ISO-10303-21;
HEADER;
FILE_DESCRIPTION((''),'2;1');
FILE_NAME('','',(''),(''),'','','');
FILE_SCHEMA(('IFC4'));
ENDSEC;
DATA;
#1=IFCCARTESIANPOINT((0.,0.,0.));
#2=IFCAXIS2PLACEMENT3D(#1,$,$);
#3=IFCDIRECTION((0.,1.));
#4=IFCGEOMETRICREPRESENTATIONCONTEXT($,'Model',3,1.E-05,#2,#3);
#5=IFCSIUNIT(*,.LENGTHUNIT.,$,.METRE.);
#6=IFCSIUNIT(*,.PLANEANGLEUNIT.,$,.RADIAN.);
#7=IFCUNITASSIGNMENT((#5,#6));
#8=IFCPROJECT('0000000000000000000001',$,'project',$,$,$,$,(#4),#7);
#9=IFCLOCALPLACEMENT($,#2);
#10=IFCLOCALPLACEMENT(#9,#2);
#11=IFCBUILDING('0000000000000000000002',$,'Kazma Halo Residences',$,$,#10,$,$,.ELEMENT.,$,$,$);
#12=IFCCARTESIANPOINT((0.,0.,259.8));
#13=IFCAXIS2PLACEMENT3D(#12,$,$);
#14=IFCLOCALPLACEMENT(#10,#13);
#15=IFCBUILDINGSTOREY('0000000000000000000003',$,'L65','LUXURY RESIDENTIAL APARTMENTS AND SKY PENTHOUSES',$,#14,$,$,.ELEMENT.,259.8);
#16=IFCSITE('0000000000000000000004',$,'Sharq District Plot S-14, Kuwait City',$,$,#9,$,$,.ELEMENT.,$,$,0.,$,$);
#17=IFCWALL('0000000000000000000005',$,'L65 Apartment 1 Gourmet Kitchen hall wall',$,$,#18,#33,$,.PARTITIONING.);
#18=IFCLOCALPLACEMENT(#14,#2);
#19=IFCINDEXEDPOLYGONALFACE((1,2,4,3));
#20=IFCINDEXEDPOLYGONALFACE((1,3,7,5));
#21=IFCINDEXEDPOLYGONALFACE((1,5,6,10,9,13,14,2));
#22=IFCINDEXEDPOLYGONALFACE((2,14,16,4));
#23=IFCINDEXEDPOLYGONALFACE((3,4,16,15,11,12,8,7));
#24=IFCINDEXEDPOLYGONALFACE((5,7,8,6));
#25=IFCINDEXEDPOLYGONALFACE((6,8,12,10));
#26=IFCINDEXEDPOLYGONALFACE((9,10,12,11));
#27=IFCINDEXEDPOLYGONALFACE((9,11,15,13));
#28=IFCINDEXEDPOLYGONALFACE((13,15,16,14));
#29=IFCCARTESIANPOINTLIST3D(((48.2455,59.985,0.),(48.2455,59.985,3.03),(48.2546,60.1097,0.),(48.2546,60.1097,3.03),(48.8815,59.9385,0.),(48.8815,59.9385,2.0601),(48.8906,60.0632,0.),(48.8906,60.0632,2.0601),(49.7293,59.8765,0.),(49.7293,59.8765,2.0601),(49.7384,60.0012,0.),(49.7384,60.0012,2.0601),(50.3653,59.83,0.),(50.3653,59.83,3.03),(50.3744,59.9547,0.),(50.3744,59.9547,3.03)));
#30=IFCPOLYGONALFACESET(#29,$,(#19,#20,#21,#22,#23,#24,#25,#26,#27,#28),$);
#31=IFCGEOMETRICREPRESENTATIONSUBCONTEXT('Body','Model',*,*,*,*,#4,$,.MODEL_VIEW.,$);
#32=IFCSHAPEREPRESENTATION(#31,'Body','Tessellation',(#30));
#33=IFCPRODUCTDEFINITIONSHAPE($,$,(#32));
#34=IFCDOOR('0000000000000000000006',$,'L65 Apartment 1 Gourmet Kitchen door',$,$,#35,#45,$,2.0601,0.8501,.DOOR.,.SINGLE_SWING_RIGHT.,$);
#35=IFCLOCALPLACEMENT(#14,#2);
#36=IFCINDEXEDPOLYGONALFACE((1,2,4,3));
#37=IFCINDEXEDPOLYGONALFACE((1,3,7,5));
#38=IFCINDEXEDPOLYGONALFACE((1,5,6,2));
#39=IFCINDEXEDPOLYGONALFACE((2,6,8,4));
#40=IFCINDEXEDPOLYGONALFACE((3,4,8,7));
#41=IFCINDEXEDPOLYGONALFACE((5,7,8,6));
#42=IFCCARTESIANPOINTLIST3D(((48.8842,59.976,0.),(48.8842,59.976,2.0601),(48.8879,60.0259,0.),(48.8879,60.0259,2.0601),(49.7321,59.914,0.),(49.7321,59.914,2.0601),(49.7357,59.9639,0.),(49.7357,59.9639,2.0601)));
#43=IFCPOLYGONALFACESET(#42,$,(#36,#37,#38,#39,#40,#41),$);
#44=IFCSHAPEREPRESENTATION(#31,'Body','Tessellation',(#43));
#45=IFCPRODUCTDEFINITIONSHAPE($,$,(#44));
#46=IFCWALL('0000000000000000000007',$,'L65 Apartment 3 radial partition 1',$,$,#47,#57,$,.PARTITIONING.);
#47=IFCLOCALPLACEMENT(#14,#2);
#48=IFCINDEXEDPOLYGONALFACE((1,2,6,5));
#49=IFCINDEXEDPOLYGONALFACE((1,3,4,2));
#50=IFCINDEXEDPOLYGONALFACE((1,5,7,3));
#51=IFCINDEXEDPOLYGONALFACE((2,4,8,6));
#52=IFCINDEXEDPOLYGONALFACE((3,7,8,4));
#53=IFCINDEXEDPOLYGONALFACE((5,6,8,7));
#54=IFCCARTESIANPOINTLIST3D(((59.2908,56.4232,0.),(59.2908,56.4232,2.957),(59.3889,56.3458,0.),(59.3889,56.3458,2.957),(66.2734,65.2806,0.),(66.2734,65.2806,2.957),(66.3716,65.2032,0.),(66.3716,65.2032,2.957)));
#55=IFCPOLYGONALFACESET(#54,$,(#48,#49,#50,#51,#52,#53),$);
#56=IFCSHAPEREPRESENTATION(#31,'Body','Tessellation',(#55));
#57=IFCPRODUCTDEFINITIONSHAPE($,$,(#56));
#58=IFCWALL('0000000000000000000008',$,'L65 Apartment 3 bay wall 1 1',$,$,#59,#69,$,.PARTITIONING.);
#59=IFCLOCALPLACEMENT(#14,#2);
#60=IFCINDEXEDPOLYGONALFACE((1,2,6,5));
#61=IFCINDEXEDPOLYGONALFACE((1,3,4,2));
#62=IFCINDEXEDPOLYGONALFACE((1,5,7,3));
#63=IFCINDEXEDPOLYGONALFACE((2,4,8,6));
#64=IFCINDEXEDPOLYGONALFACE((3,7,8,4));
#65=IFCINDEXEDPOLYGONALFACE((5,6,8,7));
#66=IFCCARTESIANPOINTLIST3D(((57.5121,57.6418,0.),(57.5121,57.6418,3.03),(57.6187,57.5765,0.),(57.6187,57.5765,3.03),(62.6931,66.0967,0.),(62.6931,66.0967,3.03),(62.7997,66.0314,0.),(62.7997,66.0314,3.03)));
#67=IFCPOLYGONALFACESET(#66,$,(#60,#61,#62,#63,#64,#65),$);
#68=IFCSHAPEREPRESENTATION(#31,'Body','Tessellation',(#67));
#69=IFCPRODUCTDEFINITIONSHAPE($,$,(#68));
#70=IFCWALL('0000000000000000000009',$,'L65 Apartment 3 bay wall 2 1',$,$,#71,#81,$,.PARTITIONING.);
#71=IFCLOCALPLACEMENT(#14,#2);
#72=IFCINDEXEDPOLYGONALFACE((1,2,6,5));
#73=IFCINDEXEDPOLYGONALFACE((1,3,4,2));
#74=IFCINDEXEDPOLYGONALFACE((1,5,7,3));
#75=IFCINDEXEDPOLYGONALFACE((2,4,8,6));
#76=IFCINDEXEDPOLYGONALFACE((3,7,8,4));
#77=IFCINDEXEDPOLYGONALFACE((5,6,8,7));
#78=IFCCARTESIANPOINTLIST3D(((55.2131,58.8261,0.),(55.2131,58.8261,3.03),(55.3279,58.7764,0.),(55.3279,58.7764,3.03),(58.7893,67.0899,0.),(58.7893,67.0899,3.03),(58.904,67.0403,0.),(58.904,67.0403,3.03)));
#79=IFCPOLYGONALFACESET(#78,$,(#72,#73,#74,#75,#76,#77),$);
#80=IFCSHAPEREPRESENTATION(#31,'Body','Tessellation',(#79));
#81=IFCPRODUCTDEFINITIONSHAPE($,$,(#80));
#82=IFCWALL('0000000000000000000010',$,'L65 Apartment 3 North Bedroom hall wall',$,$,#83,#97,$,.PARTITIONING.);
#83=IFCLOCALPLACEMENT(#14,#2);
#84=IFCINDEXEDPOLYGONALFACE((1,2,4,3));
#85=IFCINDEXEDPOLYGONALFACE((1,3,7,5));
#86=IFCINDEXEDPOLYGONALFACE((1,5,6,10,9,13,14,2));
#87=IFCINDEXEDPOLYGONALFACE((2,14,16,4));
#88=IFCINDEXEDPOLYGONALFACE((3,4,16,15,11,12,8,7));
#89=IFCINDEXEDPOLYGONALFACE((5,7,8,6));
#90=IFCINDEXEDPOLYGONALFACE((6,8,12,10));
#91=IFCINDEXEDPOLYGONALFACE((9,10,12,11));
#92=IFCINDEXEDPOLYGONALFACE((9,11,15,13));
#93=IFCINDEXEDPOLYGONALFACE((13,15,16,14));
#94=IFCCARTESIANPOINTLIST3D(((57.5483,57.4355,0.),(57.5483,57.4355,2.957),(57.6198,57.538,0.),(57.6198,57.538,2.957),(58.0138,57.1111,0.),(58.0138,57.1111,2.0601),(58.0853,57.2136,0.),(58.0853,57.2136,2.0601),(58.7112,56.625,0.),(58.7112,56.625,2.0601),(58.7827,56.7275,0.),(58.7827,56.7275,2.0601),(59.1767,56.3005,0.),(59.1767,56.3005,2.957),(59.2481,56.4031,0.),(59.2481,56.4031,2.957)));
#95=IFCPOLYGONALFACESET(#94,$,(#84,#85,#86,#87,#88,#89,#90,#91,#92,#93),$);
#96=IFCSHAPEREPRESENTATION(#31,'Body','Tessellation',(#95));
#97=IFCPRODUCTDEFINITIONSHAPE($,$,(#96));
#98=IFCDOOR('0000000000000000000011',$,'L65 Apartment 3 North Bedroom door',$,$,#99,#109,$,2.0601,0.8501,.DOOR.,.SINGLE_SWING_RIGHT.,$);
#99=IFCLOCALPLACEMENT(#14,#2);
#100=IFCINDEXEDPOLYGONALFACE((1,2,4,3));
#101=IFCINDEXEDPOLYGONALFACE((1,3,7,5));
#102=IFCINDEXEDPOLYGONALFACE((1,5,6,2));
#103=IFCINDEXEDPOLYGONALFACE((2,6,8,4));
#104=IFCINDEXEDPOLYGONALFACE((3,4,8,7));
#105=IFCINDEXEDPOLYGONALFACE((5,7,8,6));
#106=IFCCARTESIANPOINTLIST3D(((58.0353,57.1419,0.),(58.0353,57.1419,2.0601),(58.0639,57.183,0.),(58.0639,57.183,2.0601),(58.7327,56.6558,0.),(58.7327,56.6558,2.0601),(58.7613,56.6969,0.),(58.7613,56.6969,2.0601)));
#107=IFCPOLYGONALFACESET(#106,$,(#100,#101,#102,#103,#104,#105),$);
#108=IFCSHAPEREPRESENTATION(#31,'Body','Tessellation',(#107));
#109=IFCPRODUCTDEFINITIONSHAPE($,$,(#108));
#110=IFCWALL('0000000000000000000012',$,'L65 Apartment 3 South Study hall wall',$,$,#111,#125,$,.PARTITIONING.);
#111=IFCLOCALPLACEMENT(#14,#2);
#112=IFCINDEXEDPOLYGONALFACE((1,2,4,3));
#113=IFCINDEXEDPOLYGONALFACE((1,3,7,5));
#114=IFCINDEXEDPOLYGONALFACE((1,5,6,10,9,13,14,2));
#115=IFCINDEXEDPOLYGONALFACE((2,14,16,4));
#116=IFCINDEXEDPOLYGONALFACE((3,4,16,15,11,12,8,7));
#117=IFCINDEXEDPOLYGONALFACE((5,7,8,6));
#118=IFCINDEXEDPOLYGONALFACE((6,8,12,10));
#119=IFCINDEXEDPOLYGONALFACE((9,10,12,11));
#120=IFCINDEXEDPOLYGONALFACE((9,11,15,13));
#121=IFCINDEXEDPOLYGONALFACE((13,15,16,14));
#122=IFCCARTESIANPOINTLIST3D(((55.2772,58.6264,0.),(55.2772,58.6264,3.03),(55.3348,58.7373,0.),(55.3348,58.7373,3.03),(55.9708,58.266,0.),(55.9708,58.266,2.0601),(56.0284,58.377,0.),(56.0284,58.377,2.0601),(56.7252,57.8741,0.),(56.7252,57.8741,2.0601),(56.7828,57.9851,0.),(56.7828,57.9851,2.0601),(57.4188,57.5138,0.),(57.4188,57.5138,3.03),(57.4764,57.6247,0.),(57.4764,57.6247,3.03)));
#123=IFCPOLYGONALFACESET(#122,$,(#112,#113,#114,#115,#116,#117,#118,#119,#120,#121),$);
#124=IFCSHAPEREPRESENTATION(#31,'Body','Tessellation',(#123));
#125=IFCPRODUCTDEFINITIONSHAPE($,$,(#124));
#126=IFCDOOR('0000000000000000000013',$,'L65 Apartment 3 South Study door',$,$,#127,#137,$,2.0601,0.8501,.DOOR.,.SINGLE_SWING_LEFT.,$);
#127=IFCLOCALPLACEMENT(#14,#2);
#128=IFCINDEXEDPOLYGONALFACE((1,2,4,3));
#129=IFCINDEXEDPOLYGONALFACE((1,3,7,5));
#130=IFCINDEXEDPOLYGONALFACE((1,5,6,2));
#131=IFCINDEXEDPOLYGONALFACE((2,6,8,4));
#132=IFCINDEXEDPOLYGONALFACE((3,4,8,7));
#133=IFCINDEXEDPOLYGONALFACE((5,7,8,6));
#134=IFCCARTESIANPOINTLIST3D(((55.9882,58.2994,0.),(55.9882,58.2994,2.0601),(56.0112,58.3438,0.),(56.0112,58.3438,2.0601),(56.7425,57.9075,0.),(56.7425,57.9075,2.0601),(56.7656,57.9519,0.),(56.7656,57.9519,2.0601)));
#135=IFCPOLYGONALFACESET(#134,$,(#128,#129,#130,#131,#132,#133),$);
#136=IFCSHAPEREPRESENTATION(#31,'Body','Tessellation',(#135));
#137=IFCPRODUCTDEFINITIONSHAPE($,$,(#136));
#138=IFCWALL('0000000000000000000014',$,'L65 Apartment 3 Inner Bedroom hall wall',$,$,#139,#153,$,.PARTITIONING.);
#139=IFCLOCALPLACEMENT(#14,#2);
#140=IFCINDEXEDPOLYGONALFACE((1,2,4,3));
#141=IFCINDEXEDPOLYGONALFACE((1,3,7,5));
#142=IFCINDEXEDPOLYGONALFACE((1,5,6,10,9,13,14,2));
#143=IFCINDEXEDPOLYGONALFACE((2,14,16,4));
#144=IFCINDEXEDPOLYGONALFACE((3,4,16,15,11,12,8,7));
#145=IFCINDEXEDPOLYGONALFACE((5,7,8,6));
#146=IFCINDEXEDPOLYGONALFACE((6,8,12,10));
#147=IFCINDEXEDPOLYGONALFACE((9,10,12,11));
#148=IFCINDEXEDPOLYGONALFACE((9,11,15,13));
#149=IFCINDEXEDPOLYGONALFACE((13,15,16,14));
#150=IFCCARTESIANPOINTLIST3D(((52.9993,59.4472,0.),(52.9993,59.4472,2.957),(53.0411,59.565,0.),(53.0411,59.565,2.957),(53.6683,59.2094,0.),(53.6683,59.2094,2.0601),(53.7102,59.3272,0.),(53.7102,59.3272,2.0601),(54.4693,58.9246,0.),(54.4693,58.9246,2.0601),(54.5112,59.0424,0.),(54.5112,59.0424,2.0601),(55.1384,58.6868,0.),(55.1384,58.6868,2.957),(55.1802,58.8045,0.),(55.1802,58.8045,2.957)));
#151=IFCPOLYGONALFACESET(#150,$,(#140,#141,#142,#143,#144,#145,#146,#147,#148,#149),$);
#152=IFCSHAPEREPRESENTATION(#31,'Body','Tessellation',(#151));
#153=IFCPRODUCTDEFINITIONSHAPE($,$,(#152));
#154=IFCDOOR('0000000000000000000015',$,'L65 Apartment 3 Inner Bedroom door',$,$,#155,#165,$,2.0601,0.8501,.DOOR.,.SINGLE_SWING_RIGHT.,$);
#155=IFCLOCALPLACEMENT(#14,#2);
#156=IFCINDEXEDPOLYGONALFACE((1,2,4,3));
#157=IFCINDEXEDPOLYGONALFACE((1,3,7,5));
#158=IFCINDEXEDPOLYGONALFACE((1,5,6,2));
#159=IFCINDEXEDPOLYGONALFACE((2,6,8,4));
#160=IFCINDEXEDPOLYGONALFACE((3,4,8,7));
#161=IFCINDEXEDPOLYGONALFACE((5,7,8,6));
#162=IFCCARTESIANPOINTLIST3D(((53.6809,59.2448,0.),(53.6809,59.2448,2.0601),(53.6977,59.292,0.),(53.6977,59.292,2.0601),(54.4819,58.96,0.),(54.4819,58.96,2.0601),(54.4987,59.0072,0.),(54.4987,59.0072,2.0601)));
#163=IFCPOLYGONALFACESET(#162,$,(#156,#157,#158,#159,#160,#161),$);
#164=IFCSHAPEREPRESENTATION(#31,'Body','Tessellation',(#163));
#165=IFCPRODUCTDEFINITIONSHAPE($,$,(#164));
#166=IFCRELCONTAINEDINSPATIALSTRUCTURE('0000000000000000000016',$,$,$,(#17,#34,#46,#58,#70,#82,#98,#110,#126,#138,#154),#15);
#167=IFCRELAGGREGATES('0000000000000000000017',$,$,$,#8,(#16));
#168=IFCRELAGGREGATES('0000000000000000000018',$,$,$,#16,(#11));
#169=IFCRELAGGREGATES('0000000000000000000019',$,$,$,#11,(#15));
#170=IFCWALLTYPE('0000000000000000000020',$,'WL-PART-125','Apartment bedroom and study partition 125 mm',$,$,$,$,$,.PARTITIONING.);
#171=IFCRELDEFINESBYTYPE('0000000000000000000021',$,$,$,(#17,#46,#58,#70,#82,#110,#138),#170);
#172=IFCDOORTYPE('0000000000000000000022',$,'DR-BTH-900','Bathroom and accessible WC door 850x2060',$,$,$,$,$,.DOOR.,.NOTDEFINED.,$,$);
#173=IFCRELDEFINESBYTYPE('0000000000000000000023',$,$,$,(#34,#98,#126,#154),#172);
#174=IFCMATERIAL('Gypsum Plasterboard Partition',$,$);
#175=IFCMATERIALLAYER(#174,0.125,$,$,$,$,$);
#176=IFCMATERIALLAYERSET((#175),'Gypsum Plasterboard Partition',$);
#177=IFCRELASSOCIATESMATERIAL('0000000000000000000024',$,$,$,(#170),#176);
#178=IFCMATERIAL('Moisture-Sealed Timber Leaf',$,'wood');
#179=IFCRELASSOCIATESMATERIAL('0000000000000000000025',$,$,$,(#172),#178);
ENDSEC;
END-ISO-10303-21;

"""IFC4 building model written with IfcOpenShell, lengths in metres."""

from ifc_helpers import new_model, si_unit, direction, frame, frame_2d, origin, place, context, subcontext, project, spatial, rectangle, extrude, material, layer, layer_set, type_object, element, fill, save


model = new_model("IFC4")

# Units and contexts
model_context = context("Model", 3, precision=1e-05, world=origin(), true_north=direction((0.0, 1.0)))
body_context = subcontext(model_context, "Body", "Model", "MODEL_VIEW")
ifc_project = project(units=[si_unit("LENGTHUNIT", "METRE"), si_unit("PLANEANGLEUNIT", "RADIAN")], contexts=[model_context])

# Site, building, storey
site_placement = place(None, origin())
site = spatial("IfcSite", under=ifc_project, at=site_placement, Name="Sharq District Plot S-14, Kuwait City", CompositionType="ELEMENT", RefElevation=0.0)
building_placement = place(site_placement, origin())
building = spatial("IfcBuilding", under=site, at=building_placement, Name="Kazma Halo Residences", CompositionType="ELEMENT")
storey_placement = place(building_placement, frame((0.0, 0.0, 259.8)))
storey = spatial("IfcBuildingStorey", under=building, at=storey_placement, Name="L65", Description="LUXURY RESIDENTIAL APARTMENTS AND SKY PENTHOUSES", CompositionType="ELEMENT", Elevation=259.8)

# Wall, opening, door
ifc_material_1 = material(Name="Gypsum Plasterboard Partition")
ifc_layer_1 = layer(ifc_material_1, 0.125)
ifc_layer_set_1 = layer_set([ifc_layer_1], Name="Gypsum Plasterboard Partition")
wall_type_1 = type_object("IfcWallType", Name="WL-PART-125", Description="Apartment bedroom and study partition 125 mm", PredefinedType="PARTITIONING", material=ifc_layer_set_1)
ifc_material_2 = material(Name="Moisture-Sealed Timber Leaf", Category="wood")
door_type = type_object("IfcDoorType", Name="DR-BTH-900", Description="Bathroom and accessible WC door 850x2060", OperationType="NOTDEFINED", PredefinedType="DOOR", material=ifc_material_2)
wall_1_placement = place(storey_placement, frame((50.3699, 59.8923, 0.0), z_axis=(0.0, 0.0, 1.0), x_axis=(-0.997337, 0.072937, 0.0)))
wall_1 = element("IfcWall", 1, at=wall_1_placement, inside=storey, type_object=wall_type_1, Name="L65 Apartment 1 Gourmet Kitchen hall wall", PredefinedType="PARTITIONING", context=body_context, shape_type="SweptSolid", body=[
    extrude(rectangle(XDim=2.1255, YDim=0.125, at=frame_2d((1.0627, 0.0))), origin(), (0.0, 0.0, 1.0), 3.03),
])
opening_1_placement = place(wall_1_placement, frame((0.6377, 0.0, 0.0)))
opening_1 = element("IfcOpeningElement", 2, at=opening_1_placement, cuts=wall_1, PredefinedType="OPENING", context=body_context, shape_type="SweptSolid", body=[
    extrude(rectangle(XDim=0.8501, YDim=2.0601, at=frame_2d((0.425, 1.03))), frame((0.0, 0.0725, 0.0), z_axis=(0.0, -1.0, 0.0), x_axis=(1.0, 0.0, 0.0)), (0.0, 0.0, 1.0), 0.145),
])
door_1_placement = place(opening_1_placement, origin())
door_1 = element("IfcDoor", 3, at=door_1_placement, inside=storey, type_object=door_type, Name="L65 Apartment 1 Gourmet Kitchen door", OperationType="SINGLE_SWING_RIGHT", OverallHeight=2.0601, OverallWidth=0.8501, PredefinedType="DOOR", context=body_context, shape_type="SweptSolid", body=[
    extrude(rectangle(XDim=0.8501, YDim=2.0601, at=frame_2d((0.425, 1.03))), frame((0.0, 0.0249, 0.0), z_axis=(0.0, -1.0, 0.0), x_axis=(1.0, 0.0, 0.0)), (0.0, 0.0, 1.0), 0.05),
])
fill(opening_1, door_1)

# Walls
wall_2_placement = place(storey_placement, frame((59.3398, 56.3845, 0.0), z_axis=(0.0, 0.0, 1.0), x_axis=(0.619096, 0.785315, 0.0)))
element("IfcWall", 4, at=wall_2_placement, inside=storey, type_object=wall_type_1, Name="L65 Apartment 3 radial partition 1", PredefinedType="PARTITIONING", context=body_context, shape_type="SweptSolid", body=[
    extrude(rectangle(XDim=11.2788, YDim=0.125, at=frame_2d((5.6394, 0.0))), origin(), (0.0, 0.0, 1.0), 2.957),
])
wall_3_placement = place(storey_placement, frame((57.5654, 57.6091, 0.0), z_axis=(0.0, 0.0, 1.0), x_axis=(0.522482, 0.85265, 0.0)))
element("IfcWall", 5, at=wall_3_placement, inside=storey, type_object=wall_type_1, Name="L65 Apartment 3 bay wall 1 1", PredefinedType="PARTITIONING", context=body_context, shape_type="SweptSolid", body=[
    extrude(rectangle(XDim=9.916, YDim=0.125, at=frame_2d((4.958, 0.0))), origin(), (0.0, 0.0, 1.0), 3.03),
])
wall_4_placement = place(storey_placement, frame((55.2705, 58.8013, 0.0), z_axis=(0.0, 0.0, 1.0), x_axis=(0.397153, 0.917752, 0.0)))
element("IfcWall", 6, at=wall_4_placement, inside=storey, type_object=wall_type_1, Name="L65 Apartment 3 bay wall 2 1", PredefinedType="PARTITIONING", context=body_context, shape_type="SweptSolid", body=[
    extrude(rectangle(XDim=9.0044, YDim=0.125, at=frame_2d((4.5022, 0.0))), origin(), (0.0, 0.0, 1.0), 3.03),
])

# Walls, openings, doors
wall_5_placement = place(storey_placement, frame((59.2124, 56.3518, 0.0), z_axis=(0.0, 0.0, 1.0), x_axis=(-0.820386, 0.57181, 0.0)))
wall_5 = element("IfcWall", 7, at=wall_5_placement, inside=storey, type_object=wall_type_1, Name="L65 Apartment 3 North Bedroom hall wall", PredefinedType="PARTITIONING", context=body_context, shape_type="SweptSolid", body=[
    extrude(rectangle(XDim=1.9849, YDim=0.125, at=frame_2d((0.9924, 0.0))), origin(), (0.0, 0.0, 1.0), 2.957),
])
opening_2_placement = place(wall_5_placement, frame((0.5674, 0.0, 0.0)))
opening_2 = element("IfcOpeningElement", 8, at=opening_2_placement, cuts=wall_5, PredefinedType="OPENING", context=body_context, shape_type="SweptSolid", body=[
    extrude(rectangle(XDim=0.8501, YDim=2.0601, at=frame_2d((0.425, 1.03))), frame((0.0, 0.0725, 0.0), z_axis=(0.0, -1.0, 0.0), x_axis=(1.0, 0.0, 0.0)), (0.0, 0.0, 1.0), 0.145),
])
door_2_placement = place(opening_2_placement, origin())
door_2 = element("IfcDoor", 9, at=door_2_placement, inside=storey, type_object=door_type, Name="L65 Apartment 3 North Bedroom door", OperationType="SINGLE_SWING_RIGHT", OverallHeight=2.0601, OverallWidth=0.8501, PredefinedType="DOOR", context=body_context, shape_type="SweptSolid", body=[
    extrude(rectangle(XDim=0.8501, YDim=2.0601, at=frame_2d((0.425, 1.03))), frame((0.0, 0.0249, 0.0), z_axis=(0.0, -1.0, 0.0), x_axis=(1.0, 0.0, 0.0)), (0.0, 0.0, 1.0), 0.05),
])
fill(opening_2, door_2)
wall_6_placement = place(storey_placement, frame((57.4475, 57.5693, 0.0), z_axis=(0.0, 0.0, 1.0), x_axis=(-0.887401, 0.460999, 0.0)))
wall_6 = element("IfcWall", 10, at=wall_6_placement, inside=storey, type_object=wall_type_1, Name="L65 Apartment 3 South Study hall wall", PredefinedType="PARTITIONING", context=body_context, shape_type="SweptSolid", body=[
    extrude(rectangle(XDim=2.4133, YDim=0.125, at=frame_2d((1.2065, 0.0))), origin(), (0.0, 0.0, 1.0), 3.03),
])
opening_3_placement = place(wall_6_placement, frame((0.7815, 0.0, 0.0)))
opening_3 = element("IfcOpeningElement", 11, at=opening_3_placement, cuts=wall_6, PredefinedType="OPENING", context=body_context, shape_type="SweptSolid", body=[
    extrude(rectangle(XDim=0.8501, YDim=2.0601, at=frame_2d((0.425, 1.03))), frame((0.0, 0.0725, 0.0), z_axis=(0.0, -1.0, 0.0), x_axis=(1.0, 0.0, 0.0)), (0.0, 0.0, 1.0), 0.145),
])
door_3_placement = place(opening_3_placement, origin())
door_3 = element("IfcDoor", 12, at=door_3_placement, inside=storey, type_object=door_type, Name="L65 Apartment 3 South Study door", OperationType="SINGLE_SWING_LEFT", OverallHeight=2.0601, OverallWidth=0.8501, PredefinedType="DOOR", context=body_context, shape_type="SweptSolid", body=[
    extrude(rectangle(XDim=0.8501, YDim=2.0601, at=frame_2d((0.425, 1.03))), frame((0.0, 0.0249, 0.0), z_axis=(0.0, -1.0, 0.0), x_axis=(1.0, 0.0, 0.0)), (0.0, 0.0, 1.0), 0.05),
])
fill(opening_3, door_3)
wall_7_placement = place(storey_placement, frame((55.1594, 58.7456, 0.0), z_axis=(0.0, 0.0, 1.0), x_axis=(-0.942228, 0.334974, 0.0)))
wall_7 = element("IfcWall", 13, at=wall_7_placement, inside=storey, type_object=wall_type_1, Name="L65 Apartment 3 Inner Bedroom hall wall", PredefinedType="PARTITIONING", context=body_context, shape_type="SweptSolid", body=[
    extrude(rectangle(XDim=2.2703, YDim=0.125, at=frame_2d((1.1353, 0.0))), origin(), (0.0, 0.0, 1.0), 2.957),
])
opening_4_placement = place(wall_7_placement, frame((0.7102, 0.0, 0.0)))
opening_4 = element("IfcOpeningElement", 14, at=opening_4_placement, cuts=wall_7, PredefinedType="OPENING", context=body_context, shape_type="SweptSolid", body=[
    extrude(rectangle(XDim=0.8501, YDim=2.0601, at=frame_2d((0.425, 1.03))), frame((0.0, 0.0725, 0.0), z_axis=(0.0, -1.0, 0.0), x_axis=(1.0, 0.0, 0.0)), (0.0, 0.0, 1.0), 0.145),
])
door_4_placement = place(opening_4_placement, origin())
door_4 = element("IfcDoor", 15, at=door_4_placement, inside=storey, type_object=door_type, Name="L65 Apartment 3 Inner Bedroom door", OperationType="SINGLE_SWING_RIGHT", OverallHeight=2.0601, OverallWidth=0.8501, PredefinedType="DOOR", context=body_context, shape_type="SweptSolid", body=[
    extrude(rectangle(XDim=0.8501, YDim=2.0601, at=frame_2d((0.425, 1.03))), frame((0.0, 0.0249, 0.0), z_axis=(0.0, -1.0, 0.0), x_axis=(1.0, 0.0, 0.0)), (0.0, 0.0, 1.0), 0.05),
])
fill(opening_4, door_4)

save(model, "model.ifc")
